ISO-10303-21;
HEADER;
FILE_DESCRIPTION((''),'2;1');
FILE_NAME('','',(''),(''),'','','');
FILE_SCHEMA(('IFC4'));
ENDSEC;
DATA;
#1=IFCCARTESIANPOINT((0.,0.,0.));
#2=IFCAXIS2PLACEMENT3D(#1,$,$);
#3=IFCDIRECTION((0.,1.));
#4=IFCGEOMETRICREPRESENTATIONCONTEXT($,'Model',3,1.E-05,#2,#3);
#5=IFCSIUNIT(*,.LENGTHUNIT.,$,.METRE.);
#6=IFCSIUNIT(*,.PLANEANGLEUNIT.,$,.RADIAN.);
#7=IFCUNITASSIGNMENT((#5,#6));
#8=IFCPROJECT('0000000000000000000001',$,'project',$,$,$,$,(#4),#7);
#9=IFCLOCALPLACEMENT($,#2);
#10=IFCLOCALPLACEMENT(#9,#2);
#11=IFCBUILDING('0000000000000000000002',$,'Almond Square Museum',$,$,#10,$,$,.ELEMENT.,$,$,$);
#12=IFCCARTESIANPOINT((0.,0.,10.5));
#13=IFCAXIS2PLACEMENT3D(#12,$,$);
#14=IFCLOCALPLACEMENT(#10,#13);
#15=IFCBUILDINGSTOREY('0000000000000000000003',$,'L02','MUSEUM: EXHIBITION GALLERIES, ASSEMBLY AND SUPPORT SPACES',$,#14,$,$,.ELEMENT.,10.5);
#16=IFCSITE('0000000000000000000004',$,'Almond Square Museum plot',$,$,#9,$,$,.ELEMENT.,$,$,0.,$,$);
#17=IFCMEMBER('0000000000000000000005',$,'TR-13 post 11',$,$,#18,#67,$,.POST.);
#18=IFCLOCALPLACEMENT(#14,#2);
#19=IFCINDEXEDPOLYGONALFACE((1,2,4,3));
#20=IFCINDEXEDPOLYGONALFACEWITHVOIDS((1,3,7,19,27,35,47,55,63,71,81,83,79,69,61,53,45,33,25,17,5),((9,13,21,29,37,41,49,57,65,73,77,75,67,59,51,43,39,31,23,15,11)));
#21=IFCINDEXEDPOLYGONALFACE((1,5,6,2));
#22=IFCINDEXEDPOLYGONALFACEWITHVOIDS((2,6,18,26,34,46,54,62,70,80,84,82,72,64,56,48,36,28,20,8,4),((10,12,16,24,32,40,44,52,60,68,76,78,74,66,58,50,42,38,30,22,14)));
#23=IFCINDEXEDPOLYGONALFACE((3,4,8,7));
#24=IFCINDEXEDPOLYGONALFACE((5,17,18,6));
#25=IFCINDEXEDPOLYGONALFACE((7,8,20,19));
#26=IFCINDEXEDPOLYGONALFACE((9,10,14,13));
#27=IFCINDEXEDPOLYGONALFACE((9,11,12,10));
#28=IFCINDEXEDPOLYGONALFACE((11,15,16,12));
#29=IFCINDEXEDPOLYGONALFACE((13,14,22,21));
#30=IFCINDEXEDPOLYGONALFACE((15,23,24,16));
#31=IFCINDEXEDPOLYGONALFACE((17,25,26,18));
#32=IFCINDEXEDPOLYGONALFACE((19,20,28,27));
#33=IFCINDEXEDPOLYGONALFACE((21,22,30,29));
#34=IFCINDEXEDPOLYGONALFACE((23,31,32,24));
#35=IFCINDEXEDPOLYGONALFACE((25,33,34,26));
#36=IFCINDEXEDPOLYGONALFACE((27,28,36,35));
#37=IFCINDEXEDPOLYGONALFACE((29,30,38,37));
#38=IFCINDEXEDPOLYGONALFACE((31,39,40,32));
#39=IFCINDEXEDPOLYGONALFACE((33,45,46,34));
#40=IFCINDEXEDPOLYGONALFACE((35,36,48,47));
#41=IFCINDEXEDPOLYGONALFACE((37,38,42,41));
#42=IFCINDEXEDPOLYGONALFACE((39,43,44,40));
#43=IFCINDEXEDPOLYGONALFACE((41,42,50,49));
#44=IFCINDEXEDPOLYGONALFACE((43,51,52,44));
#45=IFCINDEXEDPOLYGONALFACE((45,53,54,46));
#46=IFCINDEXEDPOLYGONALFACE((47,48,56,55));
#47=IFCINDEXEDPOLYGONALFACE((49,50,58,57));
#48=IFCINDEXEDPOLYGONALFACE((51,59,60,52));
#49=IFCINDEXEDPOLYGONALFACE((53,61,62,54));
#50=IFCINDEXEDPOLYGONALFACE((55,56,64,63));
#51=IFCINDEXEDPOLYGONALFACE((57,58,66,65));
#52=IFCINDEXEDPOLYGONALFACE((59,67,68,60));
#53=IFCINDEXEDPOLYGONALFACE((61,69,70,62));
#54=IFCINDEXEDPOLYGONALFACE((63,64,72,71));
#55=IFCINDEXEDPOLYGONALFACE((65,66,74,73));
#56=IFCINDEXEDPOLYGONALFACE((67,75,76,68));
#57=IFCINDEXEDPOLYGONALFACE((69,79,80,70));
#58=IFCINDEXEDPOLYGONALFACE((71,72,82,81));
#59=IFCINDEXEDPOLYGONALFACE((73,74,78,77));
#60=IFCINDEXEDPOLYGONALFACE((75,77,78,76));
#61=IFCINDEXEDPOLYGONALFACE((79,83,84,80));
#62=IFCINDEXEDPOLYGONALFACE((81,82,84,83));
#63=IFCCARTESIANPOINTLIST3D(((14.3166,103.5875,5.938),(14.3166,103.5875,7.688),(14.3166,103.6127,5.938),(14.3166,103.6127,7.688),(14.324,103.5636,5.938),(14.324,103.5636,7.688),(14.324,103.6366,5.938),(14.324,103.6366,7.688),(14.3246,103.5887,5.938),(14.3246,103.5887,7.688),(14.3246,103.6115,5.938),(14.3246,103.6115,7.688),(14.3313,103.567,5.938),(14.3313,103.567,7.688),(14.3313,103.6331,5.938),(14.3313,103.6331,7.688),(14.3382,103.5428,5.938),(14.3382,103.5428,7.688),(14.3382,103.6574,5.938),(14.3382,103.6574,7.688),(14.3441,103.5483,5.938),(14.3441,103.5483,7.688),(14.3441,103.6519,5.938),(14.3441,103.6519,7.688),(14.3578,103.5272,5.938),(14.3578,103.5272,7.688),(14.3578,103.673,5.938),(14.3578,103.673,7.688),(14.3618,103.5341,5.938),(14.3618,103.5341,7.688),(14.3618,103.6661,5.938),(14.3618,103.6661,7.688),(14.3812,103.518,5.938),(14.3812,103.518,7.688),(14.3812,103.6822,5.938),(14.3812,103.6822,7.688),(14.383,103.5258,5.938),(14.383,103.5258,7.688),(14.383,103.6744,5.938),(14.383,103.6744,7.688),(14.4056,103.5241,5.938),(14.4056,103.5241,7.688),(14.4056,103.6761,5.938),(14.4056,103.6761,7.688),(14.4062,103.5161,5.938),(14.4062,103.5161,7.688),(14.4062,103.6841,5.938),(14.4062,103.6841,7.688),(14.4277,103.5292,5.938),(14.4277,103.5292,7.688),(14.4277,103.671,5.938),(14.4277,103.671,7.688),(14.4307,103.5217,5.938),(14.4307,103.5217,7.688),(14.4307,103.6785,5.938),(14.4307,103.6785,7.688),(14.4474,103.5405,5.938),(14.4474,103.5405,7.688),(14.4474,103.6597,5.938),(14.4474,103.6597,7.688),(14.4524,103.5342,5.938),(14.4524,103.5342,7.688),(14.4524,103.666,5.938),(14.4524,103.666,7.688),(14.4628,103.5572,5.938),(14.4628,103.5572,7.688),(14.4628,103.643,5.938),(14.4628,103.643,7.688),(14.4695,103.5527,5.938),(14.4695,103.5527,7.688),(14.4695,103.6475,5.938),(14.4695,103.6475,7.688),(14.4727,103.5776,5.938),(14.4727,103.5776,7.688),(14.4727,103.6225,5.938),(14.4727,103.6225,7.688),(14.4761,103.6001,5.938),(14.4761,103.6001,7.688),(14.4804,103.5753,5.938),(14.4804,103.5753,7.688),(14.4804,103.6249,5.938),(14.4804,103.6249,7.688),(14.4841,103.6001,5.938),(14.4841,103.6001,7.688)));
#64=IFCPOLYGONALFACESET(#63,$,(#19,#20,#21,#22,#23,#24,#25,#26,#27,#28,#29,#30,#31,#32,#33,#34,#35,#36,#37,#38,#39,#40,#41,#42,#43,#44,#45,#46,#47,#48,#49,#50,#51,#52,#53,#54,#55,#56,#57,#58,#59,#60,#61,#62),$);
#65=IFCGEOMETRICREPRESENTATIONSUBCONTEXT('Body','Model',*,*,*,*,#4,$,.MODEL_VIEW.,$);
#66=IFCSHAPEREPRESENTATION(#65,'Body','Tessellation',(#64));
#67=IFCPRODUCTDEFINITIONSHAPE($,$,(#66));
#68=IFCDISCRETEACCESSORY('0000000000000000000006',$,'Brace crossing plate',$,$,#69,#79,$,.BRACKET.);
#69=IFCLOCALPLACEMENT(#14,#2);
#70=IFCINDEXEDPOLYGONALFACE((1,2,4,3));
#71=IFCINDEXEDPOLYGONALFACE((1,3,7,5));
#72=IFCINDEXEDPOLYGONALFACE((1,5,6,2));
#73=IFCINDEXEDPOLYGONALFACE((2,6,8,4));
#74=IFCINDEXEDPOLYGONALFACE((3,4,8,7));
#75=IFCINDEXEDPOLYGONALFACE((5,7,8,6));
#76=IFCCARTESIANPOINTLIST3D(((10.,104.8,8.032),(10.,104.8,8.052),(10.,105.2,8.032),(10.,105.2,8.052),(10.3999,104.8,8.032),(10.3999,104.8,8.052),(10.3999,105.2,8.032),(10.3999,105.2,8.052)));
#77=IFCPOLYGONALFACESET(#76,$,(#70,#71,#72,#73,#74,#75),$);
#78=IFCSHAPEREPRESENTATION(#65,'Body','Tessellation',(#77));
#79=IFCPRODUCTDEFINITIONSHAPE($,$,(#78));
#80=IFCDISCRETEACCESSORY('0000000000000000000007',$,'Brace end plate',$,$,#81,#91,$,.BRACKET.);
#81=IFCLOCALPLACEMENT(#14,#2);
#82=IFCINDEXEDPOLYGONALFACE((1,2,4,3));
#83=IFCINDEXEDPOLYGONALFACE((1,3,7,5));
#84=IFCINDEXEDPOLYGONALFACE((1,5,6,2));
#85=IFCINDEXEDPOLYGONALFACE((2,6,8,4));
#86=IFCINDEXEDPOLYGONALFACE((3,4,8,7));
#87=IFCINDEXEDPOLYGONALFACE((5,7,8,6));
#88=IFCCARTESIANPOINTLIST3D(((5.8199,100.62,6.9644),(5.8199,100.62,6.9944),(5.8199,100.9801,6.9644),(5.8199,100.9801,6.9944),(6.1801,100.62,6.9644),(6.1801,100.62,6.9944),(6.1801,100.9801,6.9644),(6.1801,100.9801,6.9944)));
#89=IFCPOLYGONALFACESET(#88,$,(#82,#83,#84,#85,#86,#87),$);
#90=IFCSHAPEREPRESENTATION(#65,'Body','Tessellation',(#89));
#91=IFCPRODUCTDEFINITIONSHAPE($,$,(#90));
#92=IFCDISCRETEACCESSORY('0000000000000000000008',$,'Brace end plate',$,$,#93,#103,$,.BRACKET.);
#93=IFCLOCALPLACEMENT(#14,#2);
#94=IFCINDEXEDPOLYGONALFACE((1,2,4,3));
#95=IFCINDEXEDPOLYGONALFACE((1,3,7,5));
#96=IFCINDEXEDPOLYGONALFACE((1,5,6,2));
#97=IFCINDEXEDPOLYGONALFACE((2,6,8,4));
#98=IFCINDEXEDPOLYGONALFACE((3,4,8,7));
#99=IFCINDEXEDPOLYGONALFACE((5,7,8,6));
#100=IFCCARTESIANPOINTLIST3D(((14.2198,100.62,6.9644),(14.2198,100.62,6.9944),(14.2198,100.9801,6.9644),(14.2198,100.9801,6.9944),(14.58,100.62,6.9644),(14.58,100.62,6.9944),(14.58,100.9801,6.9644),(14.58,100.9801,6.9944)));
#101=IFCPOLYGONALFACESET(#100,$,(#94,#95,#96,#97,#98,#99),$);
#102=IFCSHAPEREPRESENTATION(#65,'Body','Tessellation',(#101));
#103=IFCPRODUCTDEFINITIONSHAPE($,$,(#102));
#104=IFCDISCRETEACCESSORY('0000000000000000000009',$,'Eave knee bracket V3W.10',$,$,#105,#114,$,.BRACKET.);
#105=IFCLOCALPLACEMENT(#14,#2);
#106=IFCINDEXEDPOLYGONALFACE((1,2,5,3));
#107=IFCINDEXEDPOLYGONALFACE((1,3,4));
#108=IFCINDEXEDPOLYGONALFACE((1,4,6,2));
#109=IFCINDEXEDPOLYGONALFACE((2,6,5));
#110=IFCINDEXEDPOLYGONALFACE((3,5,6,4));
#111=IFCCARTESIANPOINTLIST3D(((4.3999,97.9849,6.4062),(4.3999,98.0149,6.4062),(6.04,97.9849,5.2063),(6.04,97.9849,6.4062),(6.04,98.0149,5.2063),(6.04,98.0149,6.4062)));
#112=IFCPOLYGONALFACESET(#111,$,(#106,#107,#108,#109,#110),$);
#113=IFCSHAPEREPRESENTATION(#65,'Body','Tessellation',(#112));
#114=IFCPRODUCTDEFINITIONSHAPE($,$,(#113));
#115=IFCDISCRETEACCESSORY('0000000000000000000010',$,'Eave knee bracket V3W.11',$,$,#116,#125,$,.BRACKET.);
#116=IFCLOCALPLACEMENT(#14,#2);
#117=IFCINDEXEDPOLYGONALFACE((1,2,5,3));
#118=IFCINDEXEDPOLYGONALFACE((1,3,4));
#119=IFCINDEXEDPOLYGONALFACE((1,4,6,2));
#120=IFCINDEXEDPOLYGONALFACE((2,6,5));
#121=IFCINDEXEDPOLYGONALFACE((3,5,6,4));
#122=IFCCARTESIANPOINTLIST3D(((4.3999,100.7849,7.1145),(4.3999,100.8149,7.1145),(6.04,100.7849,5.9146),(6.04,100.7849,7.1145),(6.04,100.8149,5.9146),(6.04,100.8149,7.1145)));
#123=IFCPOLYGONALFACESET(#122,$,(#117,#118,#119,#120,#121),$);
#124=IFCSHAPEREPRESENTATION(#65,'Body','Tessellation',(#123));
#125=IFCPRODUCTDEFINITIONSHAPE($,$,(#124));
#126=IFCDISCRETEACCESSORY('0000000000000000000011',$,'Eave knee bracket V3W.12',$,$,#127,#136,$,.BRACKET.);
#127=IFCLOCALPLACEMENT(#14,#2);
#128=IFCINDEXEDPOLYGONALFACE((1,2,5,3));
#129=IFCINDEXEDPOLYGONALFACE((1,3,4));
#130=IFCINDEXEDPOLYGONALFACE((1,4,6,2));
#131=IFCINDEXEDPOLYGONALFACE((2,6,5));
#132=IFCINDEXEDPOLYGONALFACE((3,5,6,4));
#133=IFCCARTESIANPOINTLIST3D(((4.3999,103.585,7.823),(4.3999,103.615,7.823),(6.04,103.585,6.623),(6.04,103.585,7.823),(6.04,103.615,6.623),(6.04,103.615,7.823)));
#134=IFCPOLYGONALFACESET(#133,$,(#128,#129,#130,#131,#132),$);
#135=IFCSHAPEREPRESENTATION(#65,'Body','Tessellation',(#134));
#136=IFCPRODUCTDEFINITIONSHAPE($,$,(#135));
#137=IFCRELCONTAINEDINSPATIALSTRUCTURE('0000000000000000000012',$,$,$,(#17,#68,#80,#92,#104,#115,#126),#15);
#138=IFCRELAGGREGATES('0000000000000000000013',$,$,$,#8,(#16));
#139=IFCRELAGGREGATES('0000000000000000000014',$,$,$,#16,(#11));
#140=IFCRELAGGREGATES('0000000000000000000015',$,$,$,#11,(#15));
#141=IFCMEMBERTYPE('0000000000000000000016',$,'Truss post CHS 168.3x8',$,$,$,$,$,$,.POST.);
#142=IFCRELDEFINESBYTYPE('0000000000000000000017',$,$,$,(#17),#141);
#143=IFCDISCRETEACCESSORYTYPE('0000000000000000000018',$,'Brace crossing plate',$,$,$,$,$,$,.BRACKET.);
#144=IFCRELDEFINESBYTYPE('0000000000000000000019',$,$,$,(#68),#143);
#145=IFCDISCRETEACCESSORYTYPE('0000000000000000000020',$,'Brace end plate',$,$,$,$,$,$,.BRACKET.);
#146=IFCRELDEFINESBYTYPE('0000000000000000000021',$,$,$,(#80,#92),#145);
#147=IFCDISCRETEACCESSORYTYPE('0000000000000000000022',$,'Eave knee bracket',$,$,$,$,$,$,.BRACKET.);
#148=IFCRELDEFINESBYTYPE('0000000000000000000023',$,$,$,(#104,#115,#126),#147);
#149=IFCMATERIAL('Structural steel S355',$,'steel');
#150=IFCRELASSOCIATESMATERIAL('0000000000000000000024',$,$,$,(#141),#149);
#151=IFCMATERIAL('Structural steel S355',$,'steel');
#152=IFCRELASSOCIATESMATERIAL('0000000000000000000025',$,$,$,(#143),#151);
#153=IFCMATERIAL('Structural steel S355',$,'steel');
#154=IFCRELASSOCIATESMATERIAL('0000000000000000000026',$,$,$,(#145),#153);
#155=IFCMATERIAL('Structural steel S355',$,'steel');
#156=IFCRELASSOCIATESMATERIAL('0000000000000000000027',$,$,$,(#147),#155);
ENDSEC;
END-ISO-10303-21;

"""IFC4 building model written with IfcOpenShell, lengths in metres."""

from ifc_helpers import new_model, si_unit, direction, frame, origin, origin_2d, place, context, subcontext, project, spatial, polyline, rectangle, hollow_circle, outline, extrude, material, material_profile, profile_set, type_object, element, save


model = new_model("IFC4")

# Units and contexts
model_context = context("Model", 3, precision=1e-05, world=origin(), true_north=direction((0.0, 1.0)))
body_context = subcontext(model_context, "Body", "Model", "MODEL_VIEW")
ifc_project = project(units=[si_unit("LENGTHUNIT", "METRE"), si_unit("PLANEANGLEUNIT", "RADIAN")], contexts=[model_context])

# Site, building, storey
site_placement = place(None, origin())
site = spatial("IfcSite", under=ifc_project, at=site_placement, Name="Almond Square Museum plot", CompositionType="ELEMENT", RefElevation=0.0)
building_placement = place(site_placement, origin())
building = spatial("IfcBuilding", under=site, at=building_placement, Name="Almond Square Museum", CompositionType="ELEMENT")
storey_placement = place(building_placement, frame((0.0, 0.0, 10.5)))
storey = spatial("IfcBuildingStorey", under=building, at=storey_placement, Name="L02", Description="MUSEUM: EXHIBITION GALLERIES, ASSEMBLY AND SUPPORT SPACES", CompositionType="ELEMENT", Elevation=10.5)

# Member
ifc_material_1 = material(Name="Structural steel S355", Category="steel")
ifc_material_profile_1 = material_profile(ifc_material_1, hollow_circle(Radius=0.0842, WallThickness=0.0081, at=origin_2d()))
ifc_profile_set_1 = profile_set([ifc_material_profile_1], Name="Structural steel S355")
member_type_1 = type_object("IfcMemberType", Name="Truss post CHS 168.3x8", PredefinedType="POST", material=ifc_profile_set_1)
for number, where, z_axis, x_axis, name in (
    (1, (14.3999, 103.6001, 5.938), (0.0, 0.0, 1.0), (1.0, 0.0, 0.0), "TR-13 post 11"),
):
    element("IfcMember", number, at=place(storey_placement, frame(where, z_axis=z_axis, x_axis=x_axis)), inside=storey, type_object=member_type_1, Name=name, PredefinedType="POST", context=body_context, shape_type="SweptSolid", body=[
        extrude(hollow_circle(Radius=0.0842, WallThickness=0.0081, at=origin_2d()), origin(), (0.0, 0.0, 1.0), 1.75),
    ])

# Discrete accessories
ifc_material_2 = material(Name="Structural steel S355", Category="steel")
discrete_accessory_type_1 = type_object("IfcDiscreteAccessoryType", Name="Brace crossing plate", PredefinedType="BRACKET", material=ifc_material_2)
discrete_accessory_placement = place(storey_placement, frame((10.2, 105.0, 8.032), z_axis=(0.0, 0.0, 1.0), x_axis=(1.0, 0.0, 0.0)))
element("IfcDiscreteAccessory", 2, at=discrete_accessory_placement, inside=storey, type_object=discrete_accessory_type_1, Name="Brace crossing plate", PredefinedType="BRACKET", context=body_context, shape_type="SweptSolid", body=[
    extrude(rectangle(XDim=0.3999, YDim=0.3999, at=origin_2d()), origin(), (0.0, 0.0, 1.0), 0.02),
])
ifc_material_3 = material(Name="Structural steel S355", Category="steel")
discrete_accessory_type_2 = type_object("IfcDiscreteAccessoryType", Name="Brace end plate", PredefinedType="BRACKET", material=ifc_material_3)
for number, where, z_axis, x_axis, name in (
    (3, (6.0, 100.8, 6.9644), (0.0, 0.0, 1.0), (1.0, 0.0, 0.0), "Brace end plate"),
    (4, (14.3999, 100.8, 6.9644), (0.0, 0.0, 1.0), (1.0, 0.0, 0.0), "Brace end plate"),
):
    element("IfcDiscreteAccessory", number, at=place(storey_placement, frame(where, z_axis=z_axis, x_axis=x_axis)), inside=storey, type_object=discrete_accessory_type_2, Name=name, PredefinedType="BRACKET", context=body_context, shape_type="SweptSolid", body=[
        extrude(rectangle(XDim=0.3601, YDim=0.3601, at=origin_2d()), origin(), (0.0, 0.0, 1.0), 0.03),
    ])
ifc_material_4 = material(Name="Structural steel S355", Category="steel")
discrete_accessory_type_3 = type_object("IfcDiscreteAccessoryType", Name="Eave knee bracket", PredefinedType="BRACKET", material=ifc_material_4)
for number, where, z_axis, x_axis, name in (
    (5, (6.04, 98.0, 6.4062), (0.0, 1.0, 0.0), (0.0, 0.0, -1.0), "Eave knee bracket V3W.10"),
    (6, (6.04, 100.8, 7.1145), (0.0, 1.0, 0.0), (0.0, 0.0, -1.0), "Eave knee bracket V3W.11"),
    (7, (6.04, 103.6001, 7.823), (0.0, 1.0, 0.0), (0.0, 0.0, -1.0), "Eave knee bracket V3W.12"),
):
    element("IfcDiscreteAccessory", number, at=place(storey_placement, frame(where, z_axis=z_axis, x_axis=x_axis)), inside=storey, type_object=discrete_accessory_type_3, Name=name, PredefinedType="BRACKET", context=body_context, shape_type="SweptSolid", body=[
        extrude(outline(polyline([(0.0, 0.0), (1.2, 0.0), (0.0, 1.6401), (0.0, 0.0)])), frame((0.0, 0.0, -0.0151)), (0.0, 0.0, 1.0), 0.03),
    ])

save(model, "model.ifc")
